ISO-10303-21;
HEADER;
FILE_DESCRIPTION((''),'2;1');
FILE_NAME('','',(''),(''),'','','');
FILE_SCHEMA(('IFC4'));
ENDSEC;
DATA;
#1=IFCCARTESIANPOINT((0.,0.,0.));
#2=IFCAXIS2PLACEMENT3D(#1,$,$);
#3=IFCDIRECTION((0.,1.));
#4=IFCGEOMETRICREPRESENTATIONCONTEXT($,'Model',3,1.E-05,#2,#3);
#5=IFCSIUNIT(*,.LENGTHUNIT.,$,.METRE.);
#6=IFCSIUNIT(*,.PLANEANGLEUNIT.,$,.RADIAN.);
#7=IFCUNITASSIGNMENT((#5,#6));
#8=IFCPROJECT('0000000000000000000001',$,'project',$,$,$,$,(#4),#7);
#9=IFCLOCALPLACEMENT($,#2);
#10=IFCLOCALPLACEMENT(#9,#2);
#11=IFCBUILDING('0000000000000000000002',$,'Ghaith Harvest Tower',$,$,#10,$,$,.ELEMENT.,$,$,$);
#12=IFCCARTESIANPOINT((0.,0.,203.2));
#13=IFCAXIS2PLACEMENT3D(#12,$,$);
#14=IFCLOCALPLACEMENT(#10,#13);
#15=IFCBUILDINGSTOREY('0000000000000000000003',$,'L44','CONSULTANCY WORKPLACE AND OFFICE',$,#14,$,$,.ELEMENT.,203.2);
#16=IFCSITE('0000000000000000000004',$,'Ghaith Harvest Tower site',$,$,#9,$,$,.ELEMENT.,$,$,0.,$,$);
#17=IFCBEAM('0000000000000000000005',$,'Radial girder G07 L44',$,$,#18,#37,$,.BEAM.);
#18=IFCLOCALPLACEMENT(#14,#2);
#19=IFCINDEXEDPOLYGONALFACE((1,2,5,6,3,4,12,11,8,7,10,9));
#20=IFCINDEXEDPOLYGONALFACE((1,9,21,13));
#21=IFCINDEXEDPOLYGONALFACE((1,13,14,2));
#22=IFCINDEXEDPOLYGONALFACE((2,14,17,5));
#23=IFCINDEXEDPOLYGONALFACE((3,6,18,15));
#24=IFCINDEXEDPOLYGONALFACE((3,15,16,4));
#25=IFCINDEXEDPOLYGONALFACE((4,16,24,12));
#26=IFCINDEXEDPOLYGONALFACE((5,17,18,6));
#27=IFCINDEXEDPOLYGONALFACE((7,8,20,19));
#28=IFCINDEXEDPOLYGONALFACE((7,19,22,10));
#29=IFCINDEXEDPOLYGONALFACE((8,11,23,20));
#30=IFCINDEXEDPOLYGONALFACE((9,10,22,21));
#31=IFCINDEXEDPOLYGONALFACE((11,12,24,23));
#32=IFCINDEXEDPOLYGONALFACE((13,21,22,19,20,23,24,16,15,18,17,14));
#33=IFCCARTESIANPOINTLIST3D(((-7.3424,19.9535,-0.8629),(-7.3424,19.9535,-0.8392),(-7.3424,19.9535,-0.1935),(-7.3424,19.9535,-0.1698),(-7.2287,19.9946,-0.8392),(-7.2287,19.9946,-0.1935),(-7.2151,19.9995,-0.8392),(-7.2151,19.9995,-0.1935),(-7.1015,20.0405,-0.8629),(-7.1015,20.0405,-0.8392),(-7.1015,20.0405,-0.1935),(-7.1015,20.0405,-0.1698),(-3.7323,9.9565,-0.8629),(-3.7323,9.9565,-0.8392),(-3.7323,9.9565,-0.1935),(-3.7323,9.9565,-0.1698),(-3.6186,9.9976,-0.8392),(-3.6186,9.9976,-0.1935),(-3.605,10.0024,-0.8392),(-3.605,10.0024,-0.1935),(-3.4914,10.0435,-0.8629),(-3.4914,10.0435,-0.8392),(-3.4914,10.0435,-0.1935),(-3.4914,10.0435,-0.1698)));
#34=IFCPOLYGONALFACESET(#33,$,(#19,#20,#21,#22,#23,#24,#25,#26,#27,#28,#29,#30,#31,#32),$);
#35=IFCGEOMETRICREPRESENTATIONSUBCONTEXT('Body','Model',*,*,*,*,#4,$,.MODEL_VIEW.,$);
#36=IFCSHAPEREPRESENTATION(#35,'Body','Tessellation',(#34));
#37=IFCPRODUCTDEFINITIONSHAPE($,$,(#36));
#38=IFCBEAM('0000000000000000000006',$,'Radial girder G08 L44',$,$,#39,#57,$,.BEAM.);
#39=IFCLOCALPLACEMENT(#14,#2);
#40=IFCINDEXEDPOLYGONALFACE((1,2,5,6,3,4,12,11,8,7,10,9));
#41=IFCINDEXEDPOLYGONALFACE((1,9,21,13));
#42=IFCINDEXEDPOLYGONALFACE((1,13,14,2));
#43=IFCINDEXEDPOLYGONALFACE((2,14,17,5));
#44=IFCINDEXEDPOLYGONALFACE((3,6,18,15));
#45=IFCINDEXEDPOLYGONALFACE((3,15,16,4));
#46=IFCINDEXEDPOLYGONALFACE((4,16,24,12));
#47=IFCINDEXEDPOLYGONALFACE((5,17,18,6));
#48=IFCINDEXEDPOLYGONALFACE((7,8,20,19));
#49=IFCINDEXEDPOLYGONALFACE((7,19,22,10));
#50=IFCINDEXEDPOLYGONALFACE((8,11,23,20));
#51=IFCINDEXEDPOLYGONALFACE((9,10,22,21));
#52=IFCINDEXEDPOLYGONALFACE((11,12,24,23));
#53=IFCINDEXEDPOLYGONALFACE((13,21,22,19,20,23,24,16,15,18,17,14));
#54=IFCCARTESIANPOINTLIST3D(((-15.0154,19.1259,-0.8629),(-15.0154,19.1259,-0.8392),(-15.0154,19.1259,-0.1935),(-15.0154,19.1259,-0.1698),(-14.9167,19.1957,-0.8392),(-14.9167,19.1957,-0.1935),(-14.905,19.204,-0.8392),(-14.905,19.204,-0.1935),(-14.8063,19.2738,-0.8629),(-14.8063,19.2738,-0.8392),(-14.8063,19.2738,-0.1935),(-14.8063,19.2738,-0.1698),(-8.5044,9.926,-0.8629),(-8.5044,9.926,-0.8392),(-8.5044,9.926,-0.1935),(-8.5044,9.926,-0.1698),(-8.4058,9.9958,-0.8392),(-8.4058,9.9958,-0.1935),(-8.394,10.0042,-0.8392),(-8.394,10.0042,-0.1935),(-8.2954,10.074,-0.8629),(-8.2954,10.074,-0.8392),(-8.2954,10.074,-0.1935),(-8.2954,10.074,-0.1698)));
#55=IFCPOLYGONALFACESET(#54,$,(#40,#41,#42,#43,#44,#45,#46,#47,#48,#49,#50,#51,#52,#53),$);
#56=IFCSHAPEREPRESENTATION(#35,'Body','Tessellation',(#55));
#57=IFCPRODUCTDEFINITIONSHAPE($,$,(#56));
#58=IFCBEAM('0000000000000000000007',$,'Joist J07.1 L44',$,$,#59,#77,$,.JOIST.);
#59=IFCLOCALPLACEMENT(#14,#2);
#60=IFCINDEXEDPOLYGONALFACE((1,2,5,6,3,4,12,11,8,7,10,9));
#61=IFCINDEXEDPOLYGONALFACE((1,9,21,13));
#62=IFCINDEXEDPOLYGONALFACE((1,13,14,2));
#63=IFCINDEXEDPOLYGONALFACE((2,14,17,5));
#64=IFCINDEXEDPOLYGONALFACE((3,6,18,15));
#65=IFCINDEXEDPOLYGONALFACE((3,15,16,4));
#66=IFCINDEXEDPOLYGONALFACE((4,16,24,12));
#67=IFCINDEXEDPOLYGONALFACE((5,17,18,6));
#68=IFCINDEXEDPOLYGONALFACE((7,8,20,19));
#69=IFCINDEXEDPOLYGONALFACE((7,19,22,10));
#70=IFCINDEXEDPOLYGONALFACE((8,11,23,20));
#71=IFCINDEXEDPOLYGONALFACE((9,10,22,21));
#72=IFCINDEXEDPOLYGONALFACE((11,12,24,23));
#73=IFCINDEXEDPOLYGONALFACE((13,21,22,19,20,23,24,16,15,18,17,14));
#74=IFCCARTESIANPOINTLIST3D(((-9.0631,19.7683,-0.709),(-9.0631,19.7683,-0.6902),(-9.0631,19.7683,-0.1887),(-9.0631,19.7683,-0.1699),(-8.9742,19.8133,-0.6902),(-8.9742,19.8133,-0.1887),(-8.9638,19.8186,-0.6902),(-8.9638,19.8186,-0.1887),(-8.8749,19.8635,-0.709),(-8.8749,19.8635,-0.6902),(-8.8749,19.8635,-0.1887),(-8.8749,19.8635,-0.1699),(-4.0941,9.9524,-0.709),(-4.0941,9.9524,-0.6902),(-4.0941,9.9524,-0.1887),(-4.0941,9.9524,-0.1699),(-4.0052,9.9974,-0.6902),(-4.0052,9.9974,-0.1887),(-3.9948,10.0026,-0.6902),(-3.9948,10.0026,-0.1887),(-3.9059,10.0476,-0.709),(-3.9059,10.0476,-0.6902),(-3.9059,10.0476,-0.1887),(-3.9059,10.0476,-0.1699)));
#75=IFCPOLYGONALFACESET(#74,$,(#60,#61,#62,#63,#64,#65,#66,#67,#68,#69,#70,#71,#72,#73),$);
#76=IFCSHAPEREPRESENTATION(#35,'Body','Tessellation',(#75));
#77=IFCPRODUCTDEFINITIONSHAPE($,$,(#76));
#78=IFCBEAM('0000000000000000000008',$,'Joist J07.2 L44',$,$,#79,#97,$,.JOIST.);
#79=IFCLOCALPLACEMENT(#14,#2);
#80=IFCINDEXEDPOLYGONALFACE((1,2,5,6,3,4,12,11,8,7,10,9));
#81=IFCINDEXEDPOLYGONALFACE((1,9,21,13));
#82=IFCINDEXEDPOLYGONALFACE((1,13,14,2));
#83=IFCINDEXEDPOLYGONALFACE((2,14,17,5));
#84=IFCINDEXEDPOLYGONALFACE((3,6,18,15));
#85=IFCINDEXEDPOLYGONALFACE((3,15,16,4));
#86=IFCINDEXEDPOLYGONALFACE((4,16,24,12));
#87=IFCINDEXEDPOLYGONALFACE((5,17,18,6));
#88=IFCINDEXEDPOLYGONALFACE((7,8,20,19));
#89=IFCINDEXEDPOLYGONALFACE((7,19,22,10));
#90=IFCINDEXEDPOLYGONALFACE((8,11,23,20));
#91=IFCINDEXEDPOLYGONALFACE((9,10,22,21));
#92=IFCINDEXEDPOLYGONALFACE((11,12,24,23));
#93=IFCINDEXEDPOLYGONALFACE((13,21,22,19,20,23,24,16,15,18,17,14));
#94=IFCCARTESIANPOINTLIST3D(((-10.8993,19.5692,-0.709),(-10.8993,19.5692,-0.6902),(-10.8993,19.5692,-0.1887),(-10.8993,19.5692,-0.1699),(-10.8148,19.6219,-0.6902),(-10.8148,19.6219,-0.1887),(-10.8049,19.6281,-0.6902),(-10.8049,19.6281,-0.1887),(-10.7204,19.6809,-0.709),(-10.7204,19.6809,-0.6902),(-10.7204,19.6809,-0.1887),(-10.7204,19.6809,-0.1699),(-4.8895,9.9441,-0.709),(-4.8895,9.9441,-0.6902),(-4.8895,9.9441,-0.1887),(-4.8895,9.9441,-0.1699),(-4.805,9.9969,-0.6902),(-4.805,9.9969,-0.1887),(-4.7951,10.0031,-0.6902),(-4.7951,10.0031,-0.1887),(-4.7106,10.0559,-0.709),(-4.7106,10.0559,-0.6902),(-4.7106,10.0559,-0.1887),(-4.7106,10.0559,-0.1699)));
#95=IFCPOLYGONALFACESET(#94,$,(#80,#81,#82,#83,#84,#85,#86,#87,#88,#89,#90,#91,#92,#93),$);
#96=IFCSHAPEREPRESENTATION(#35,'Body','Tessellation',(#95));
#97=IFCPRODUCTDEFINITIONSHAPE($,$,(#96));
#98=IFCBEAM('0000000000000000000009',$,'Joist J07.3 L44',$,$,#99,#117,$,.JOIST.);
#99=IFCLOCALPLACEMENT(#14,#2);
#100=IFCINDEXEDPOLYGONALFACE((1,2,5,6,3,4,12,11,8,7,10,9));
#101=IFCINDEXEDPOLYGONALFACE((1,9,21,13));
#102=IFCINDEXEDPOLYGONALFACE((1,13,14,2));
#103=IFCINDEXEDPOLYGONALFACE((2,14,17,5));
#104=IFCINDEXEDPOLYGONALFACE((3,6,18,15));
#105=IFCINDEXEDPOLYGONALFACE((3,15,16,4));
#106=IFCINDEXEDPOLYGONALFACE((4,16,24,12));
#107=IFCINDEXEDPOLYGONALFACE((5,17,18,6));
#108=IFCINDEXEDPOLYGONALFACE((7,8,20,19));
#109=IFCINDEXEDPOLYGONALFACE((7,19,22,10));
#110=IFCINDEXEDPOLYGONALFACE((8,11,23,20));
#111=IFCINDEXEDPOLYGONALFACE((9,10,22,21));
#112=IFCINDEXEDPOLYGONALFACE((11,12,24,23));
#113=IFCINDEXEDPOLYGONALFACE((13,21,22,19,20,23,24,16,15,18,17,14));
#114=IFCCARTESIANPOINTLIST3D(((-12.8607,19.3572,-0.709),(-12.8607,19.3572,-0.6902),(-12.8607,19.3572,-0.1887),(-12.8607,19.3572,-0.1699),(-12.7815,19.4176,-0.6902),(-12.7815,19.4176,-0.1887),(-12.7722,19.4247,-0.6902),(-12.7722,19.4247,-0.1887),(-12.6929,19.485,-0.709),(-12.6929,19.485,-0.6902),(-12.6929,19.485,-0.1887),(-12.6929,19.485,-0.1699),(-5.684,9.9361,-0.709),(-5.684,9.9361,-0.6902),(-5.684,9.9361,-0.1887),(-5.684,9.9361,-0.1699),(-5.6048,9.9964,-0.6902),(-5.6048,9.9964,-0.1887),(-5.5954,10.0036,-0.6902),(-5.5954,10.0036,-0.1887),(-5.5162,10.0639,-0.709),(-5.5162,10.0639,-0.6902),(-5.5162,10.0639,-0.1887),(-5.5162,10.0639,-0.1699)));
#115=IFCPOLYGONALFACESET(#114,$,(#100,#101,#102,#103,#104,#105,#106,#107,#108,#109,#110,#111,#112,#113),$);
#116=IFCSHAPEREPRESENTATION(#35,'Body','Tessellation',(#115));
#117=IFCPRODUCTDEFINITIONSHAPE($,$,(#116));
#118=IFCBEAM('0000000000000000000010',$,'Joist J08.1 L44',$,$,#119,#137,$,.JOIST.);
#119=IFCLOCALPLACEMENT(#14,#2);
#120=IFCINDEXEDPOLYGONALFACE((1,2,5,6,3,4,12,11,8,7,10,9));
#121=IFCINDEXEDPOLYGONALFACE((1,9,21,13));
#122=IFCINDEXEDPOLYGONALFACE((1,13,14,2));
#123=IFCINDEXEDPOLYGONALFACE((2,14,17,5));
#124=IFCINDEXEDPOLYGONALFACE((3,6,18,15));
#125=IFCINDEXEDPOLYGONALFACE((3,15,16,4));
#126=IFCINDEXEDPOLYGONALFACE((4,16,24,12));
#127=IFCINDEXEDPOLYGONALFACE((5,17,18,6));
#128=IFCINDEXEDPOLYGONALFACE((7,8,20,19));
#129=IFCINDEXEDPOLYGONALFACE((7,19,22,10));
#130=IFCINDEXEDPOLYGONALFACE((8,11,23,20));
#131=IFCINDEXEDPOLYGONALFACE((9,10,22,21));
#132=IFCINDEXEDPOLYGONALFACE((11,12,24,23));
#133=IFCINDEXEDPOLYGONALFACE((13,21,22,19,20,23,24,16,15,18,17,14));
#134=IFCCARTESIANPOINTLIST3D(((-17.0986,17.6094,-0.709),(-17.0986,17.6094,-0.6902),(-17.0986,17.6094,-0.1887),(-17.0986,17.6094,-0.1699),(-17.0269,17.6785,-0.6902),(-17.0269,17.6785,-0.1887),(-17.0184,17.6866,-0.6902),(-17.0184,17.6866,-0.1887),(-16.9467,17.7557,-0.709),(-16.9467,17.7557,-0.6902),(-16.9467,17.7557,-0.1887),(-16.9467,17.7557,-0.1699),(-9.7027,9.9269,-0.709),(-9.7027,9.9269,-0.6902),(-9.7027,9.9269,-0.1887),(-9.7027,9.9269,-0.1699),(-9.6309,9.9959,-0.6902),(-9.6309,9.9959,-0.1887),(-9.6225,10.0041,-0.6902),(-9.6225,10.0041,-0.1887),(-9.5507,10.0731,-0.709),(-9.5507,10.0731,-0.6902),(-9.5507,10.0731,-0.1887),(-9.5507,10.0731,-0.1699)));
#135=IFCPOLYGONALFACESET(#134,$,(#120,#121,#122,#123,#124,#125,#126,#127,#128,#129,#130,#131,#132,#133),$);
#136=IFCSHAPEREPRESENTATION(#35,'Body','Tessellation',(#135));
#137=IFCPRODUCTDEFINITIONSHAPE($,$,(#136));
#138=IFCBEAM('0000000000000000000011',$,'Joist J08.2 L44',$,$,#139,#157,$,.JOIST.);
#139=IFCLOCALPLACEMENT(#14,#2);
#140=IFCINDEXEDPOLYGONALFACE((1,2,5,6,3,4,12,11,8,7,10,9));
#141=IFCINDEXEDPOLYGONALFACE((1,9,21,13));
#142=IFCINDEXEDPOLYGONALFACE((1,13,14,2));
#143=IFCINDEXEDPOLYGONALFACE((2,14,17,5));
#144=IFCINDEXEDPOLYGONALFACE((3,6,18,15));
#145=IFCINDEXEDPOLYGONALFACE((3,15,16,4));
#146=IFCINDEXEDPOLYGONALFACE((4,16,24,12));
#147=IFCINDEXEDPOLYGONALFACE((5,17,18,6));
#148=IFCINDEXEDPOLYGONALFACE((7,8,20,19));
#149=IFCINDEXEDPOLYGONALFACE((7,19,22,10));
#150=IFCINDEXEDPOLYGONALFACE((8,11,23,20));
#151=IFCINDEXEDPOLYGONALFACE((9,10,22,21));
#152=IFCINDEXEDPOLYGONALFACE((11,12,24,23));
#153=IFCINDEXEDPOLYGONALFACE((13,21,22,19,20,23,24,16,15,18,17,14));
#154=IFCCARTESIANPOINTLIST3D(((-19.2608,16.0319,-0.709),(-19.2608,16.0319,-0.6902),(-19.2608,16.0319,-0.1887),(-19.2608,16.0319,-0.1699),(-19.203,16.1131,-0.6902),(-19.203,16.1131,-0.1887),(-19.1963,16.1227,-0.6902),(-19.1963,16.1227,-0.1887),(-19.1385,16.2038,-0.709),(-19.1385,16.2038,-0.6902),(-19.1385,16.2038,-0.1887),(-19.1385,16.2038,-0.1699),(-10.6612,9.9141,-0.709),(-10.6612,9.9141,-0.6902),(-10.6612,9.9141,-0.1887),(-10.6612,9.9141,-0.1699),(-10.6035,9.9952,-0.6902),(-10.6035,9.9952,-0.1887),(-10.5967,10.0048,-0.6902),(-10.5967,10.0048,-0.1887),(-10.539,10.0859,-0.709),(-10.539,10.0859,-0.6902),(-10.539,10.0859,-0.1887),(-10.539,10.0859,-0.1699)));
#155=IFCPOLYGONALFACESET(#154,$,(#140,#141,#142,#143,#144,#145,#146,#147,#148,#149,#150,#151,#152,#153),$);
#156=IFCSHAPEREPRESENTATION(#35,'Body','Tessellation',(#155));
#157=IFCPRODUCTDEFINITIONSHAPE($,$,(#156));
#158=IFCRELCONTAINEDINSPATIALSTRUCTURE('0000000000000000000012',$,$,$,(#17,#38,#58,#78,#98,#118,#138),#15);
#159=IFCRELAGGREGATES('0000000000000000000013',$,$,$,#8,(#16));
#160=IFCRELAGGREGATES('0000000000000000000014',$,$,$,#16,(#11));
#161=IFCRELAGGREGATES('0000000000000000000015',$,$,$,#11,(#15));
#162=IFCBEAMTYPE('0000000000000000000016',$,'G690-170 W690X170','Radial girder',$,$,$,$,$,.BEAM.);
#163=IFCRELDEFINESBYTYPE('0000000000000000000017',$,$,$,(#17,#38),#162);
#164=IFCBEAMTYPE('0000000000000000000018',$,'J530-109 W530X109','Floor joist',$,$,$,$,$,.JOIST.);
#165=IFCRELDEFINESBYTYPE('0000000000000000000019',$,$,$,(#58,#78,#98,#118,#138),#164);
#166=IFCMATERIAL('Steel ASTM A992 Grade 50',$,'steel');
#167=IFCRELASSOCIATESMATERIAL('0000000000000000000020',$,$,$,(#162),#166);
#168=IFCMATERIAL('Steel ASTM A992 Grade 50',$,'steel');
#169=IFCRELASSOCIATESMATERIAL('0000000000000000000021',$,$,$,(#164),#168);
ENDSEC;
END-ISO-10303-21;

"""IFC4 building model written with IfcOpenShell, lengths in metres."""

from ifc_helpers import new_model, si_unit, direction, frame, origin, origin_2d, place, context, subcontext, project, spatial, i_section, extrude, material, material_profile, profile_set, type_object, element, save


model = new_model("IFC4")

# Units and contexts
model_context = context("Model", 3, precision=1e-05, world=origin(), true_north=direction((0.0, 1.0)))
body_context = subcontext(model_context, "Body", "Model", "MODEL_VIEW")
ifc_project = project(units=[si_unit("LENGTHUNIT", "METRE"), si_unit("PLANEANGLEUNIT", "RADIAN")], contexts=[model_context])

# Site, building, storey
site_placement = place(None, origin())
site = spatial("IfcSite", under=ifc_project, at=site_placement, Name="Ghaith Harvest Tower site", CompositionType="ELEMENT", RefElevation=0.0)
building_placement = place(site_placement, origin())
building = spatial("IfcBuilding", under=site, at=building_placement, Name="Ghaith Harvest Tower", CompositionType="ELEMENT")
storey_placement = place(building_placement, frame((0.0, 0.0, 203.2)))
storey = spatial("IfcBuildingStorey", under=building, at=storey_placement, Name="L44", Description="CONSULTANCY WORKPLACE AND OFFICE", CompositionType="ELEMENT", Elevation=203.2)

# Beams
ifc_material_1 = material(Name="Steel ASTM A992 Grade 50", Category="steel")
ifc_material_profile_1 = material_profile(ifc_material_1, i_section(OverallWidth=0.2561, OverallDepth=0.6931, WebThickness=0.0144, FlangeThickness=0.0237, at=origin_2d()), Name="W690X170")
ifc_profile_set_1 = profile_set([ifc_material_profile_1], Name="Steel ASTM A992 Grade 50")
beam_type_1 = type_object("IfcBeamType", Name="G690-170 W690X170", Description="Radial girder", PredefinedType="BEAM", material=ifc_profile_set_1)
beam_1_placement = place(storey_placement, frame((-3.6118, 10.0, -0.5164), z_axis=(-0.339649, 0.940552, 0.0), x_axis=(-0.940552, -0.339649, 0.0)))
element("IfcBeam", 1, at=beam_1_placement, inside=storey, type_object=beam_type_1, Name="Radial girder G07 L44", PredefinedType="BEAM", context=body_context, shape_type="SweptSolid", body=[
    extrude(i_section(OverallWidth=0.2561, OverallDepth=0.6931, WebThickness=0.0144, FlangeThickness=0.0237, at=origin_2d()), origin(), (0.0, 0.0, 1.0), 10.6289),
])
beam_2_placement = place(storey_placement, frame((-8.3999, 10.0, -0.5164), z_axis=(-0.577684, 0.816261, 0.0), x_axis=(-0.816261, -0.577684, 0.0)))
element("IfcBeam", 2, at=beam_2_placement, inside=storey, type_object=beam_type_1, Name="Radial girder G08 L44", PredefinedType="BEAM", context=body_context, shape_type="SweptSolid", body=[
    extrude(i_section(OverallWidth=0.2561, OverallDepth=0.6931, WebThickness=0.0144, FlangeThickness=0.0237, at=origin_2d()), origin(), (0.0, 0.0, 1.0), 11.2708),
])
ifc_material_2 = material(Name="Steel ASTM A992 Grade 50", Category="steel")
ifc_material_profile_2 = material_profile(ifc_material_2, i_section(OverallWidth=0.2109, OverallDepth=0.5391, WebThickness=0.0117, FlangeThickness=0.0188, at=origin_2d()), Name="W530X109")
ifc_profile_set_2 = profile_set([ifc_material_profile_2], Name="Steel ASTM A992 Grade 50")
beam_type_2 = type_object("IfcBeamType", Name="J530-109 W530X109", Description="Floor joist", PredefinedType="JOIST", material=ifc_profile_set_2)
beam_3_placement = place(storey_placement, frame((-4.0, 10.0, -0.4395), z_axis=(-0.451646, 0.892197, 0.0), x_axis=(-0.892197, -0.451646, 0.0)))
element("IfcBeam", 3, at=beam_3_placement, inside=storey, type_object=beam_type_2, Name="Joist J07.1 L44", PredefinedType="JOIST", context=body_context, shape_type="SweptSolid", body=[
    extrude(i_section(OverallWidth=0.2109, OverallDepth=0.5391, WebThickness=0.0117, FlangeThickness=0.0188, at=origin_2d()), origin(), (0.0, 0.0, 1.0), 11.002),
])
beam_4_placement = place(storey_placement, frame((-4.8, 10.0, -0.4395), z_axis=(-0.529628, 0.84823, 0.0), x_axis=(-0.84823, -0.529628, 0.0)))
element("IfcBeam", 4, at=beam_4_placement, inside=storey, type_object=beam_type_2, Name="Joist J07.2 L44", PredefinedType="JOIST", context=body_context, shape_type="SweptSolid", body=[
    extrude(i_section(OverallWidth=0.2109, OverallDepth=0.5391, WebThickness=0.0117, FlangeThickness=0.0188, at=origin_2d()), origin(), (0.0, 0.0, 1.0), 11.3472),
])
beam_5_placement = place(storey_placement, frame((-5.6001, 10.0, -0.4395), z_axis=(-0.605976, 0.795483, 0.0), x_axis=(-0.795483, -0.605976, 0.0)))
element("IfcBeam", 5, at=beam_5_placement, inside=storey, type_object=beam_type_2, Name="Joist J07.3 L44", PredefinedType="JOIST", context=body_context, shape_type="SweptSolid", body=[
    extrude(i_section(OverallWidth=0.2109, OverallDepth=0.5391, WebThickness=0.0117, FlangeThickness=0.0188, at=origin_2d()), origin(), (0.0, 0.0, 1.0), 11.8433),
])
beam_6_placement = place(storey_placement, frame((-9.6267, 10.0, -0.4395), z_axis=(-0.69354, 0.720418, 0.0), x_axis=(-0.720418, -0.69354, 0.0)))
element("IfcBeam", 6, at=beam_6_placement, inside=storey, type_object=beam_type_2, Name="Joist J08.1 L44", PredefinedType="JOIST", context=body_context, shape_type="SweptSolid", body=[
    extrude(i_section(OverallWidth=0.2109, OverallDepth=0.5391, WebThickness=0.0117, FlangeThickness=0.0188, at=origin_2d()), origin(), (0.0, 0.0, 1.0), 10.6641),
])
beam_7_placement = place(storey_placement, frame((-10.6001, 10.0, -0.4395), z_axis=(-0.814837, 0.57969, 0.0), x_axis=(-0.57969, -0.814837, 0.0)))
element("IfcBeam", 7, at=beam_7_placement, inside=storey, type_object=beam_type_2, Name="Joist J08.2 L44", PredefinedType="JOIST", context=body_context, shape_type="SweptSolid", body=[
    extrude(i_section(OverallWidth=0.2109, OverallDepth=0.5391, WebThickness=0.0117, FlangeThickness=0.0188, at=origin_2d()), origin(), (0.0, 0.0, 1.0), 10.5537),
])

save(model, "model.ifc")
